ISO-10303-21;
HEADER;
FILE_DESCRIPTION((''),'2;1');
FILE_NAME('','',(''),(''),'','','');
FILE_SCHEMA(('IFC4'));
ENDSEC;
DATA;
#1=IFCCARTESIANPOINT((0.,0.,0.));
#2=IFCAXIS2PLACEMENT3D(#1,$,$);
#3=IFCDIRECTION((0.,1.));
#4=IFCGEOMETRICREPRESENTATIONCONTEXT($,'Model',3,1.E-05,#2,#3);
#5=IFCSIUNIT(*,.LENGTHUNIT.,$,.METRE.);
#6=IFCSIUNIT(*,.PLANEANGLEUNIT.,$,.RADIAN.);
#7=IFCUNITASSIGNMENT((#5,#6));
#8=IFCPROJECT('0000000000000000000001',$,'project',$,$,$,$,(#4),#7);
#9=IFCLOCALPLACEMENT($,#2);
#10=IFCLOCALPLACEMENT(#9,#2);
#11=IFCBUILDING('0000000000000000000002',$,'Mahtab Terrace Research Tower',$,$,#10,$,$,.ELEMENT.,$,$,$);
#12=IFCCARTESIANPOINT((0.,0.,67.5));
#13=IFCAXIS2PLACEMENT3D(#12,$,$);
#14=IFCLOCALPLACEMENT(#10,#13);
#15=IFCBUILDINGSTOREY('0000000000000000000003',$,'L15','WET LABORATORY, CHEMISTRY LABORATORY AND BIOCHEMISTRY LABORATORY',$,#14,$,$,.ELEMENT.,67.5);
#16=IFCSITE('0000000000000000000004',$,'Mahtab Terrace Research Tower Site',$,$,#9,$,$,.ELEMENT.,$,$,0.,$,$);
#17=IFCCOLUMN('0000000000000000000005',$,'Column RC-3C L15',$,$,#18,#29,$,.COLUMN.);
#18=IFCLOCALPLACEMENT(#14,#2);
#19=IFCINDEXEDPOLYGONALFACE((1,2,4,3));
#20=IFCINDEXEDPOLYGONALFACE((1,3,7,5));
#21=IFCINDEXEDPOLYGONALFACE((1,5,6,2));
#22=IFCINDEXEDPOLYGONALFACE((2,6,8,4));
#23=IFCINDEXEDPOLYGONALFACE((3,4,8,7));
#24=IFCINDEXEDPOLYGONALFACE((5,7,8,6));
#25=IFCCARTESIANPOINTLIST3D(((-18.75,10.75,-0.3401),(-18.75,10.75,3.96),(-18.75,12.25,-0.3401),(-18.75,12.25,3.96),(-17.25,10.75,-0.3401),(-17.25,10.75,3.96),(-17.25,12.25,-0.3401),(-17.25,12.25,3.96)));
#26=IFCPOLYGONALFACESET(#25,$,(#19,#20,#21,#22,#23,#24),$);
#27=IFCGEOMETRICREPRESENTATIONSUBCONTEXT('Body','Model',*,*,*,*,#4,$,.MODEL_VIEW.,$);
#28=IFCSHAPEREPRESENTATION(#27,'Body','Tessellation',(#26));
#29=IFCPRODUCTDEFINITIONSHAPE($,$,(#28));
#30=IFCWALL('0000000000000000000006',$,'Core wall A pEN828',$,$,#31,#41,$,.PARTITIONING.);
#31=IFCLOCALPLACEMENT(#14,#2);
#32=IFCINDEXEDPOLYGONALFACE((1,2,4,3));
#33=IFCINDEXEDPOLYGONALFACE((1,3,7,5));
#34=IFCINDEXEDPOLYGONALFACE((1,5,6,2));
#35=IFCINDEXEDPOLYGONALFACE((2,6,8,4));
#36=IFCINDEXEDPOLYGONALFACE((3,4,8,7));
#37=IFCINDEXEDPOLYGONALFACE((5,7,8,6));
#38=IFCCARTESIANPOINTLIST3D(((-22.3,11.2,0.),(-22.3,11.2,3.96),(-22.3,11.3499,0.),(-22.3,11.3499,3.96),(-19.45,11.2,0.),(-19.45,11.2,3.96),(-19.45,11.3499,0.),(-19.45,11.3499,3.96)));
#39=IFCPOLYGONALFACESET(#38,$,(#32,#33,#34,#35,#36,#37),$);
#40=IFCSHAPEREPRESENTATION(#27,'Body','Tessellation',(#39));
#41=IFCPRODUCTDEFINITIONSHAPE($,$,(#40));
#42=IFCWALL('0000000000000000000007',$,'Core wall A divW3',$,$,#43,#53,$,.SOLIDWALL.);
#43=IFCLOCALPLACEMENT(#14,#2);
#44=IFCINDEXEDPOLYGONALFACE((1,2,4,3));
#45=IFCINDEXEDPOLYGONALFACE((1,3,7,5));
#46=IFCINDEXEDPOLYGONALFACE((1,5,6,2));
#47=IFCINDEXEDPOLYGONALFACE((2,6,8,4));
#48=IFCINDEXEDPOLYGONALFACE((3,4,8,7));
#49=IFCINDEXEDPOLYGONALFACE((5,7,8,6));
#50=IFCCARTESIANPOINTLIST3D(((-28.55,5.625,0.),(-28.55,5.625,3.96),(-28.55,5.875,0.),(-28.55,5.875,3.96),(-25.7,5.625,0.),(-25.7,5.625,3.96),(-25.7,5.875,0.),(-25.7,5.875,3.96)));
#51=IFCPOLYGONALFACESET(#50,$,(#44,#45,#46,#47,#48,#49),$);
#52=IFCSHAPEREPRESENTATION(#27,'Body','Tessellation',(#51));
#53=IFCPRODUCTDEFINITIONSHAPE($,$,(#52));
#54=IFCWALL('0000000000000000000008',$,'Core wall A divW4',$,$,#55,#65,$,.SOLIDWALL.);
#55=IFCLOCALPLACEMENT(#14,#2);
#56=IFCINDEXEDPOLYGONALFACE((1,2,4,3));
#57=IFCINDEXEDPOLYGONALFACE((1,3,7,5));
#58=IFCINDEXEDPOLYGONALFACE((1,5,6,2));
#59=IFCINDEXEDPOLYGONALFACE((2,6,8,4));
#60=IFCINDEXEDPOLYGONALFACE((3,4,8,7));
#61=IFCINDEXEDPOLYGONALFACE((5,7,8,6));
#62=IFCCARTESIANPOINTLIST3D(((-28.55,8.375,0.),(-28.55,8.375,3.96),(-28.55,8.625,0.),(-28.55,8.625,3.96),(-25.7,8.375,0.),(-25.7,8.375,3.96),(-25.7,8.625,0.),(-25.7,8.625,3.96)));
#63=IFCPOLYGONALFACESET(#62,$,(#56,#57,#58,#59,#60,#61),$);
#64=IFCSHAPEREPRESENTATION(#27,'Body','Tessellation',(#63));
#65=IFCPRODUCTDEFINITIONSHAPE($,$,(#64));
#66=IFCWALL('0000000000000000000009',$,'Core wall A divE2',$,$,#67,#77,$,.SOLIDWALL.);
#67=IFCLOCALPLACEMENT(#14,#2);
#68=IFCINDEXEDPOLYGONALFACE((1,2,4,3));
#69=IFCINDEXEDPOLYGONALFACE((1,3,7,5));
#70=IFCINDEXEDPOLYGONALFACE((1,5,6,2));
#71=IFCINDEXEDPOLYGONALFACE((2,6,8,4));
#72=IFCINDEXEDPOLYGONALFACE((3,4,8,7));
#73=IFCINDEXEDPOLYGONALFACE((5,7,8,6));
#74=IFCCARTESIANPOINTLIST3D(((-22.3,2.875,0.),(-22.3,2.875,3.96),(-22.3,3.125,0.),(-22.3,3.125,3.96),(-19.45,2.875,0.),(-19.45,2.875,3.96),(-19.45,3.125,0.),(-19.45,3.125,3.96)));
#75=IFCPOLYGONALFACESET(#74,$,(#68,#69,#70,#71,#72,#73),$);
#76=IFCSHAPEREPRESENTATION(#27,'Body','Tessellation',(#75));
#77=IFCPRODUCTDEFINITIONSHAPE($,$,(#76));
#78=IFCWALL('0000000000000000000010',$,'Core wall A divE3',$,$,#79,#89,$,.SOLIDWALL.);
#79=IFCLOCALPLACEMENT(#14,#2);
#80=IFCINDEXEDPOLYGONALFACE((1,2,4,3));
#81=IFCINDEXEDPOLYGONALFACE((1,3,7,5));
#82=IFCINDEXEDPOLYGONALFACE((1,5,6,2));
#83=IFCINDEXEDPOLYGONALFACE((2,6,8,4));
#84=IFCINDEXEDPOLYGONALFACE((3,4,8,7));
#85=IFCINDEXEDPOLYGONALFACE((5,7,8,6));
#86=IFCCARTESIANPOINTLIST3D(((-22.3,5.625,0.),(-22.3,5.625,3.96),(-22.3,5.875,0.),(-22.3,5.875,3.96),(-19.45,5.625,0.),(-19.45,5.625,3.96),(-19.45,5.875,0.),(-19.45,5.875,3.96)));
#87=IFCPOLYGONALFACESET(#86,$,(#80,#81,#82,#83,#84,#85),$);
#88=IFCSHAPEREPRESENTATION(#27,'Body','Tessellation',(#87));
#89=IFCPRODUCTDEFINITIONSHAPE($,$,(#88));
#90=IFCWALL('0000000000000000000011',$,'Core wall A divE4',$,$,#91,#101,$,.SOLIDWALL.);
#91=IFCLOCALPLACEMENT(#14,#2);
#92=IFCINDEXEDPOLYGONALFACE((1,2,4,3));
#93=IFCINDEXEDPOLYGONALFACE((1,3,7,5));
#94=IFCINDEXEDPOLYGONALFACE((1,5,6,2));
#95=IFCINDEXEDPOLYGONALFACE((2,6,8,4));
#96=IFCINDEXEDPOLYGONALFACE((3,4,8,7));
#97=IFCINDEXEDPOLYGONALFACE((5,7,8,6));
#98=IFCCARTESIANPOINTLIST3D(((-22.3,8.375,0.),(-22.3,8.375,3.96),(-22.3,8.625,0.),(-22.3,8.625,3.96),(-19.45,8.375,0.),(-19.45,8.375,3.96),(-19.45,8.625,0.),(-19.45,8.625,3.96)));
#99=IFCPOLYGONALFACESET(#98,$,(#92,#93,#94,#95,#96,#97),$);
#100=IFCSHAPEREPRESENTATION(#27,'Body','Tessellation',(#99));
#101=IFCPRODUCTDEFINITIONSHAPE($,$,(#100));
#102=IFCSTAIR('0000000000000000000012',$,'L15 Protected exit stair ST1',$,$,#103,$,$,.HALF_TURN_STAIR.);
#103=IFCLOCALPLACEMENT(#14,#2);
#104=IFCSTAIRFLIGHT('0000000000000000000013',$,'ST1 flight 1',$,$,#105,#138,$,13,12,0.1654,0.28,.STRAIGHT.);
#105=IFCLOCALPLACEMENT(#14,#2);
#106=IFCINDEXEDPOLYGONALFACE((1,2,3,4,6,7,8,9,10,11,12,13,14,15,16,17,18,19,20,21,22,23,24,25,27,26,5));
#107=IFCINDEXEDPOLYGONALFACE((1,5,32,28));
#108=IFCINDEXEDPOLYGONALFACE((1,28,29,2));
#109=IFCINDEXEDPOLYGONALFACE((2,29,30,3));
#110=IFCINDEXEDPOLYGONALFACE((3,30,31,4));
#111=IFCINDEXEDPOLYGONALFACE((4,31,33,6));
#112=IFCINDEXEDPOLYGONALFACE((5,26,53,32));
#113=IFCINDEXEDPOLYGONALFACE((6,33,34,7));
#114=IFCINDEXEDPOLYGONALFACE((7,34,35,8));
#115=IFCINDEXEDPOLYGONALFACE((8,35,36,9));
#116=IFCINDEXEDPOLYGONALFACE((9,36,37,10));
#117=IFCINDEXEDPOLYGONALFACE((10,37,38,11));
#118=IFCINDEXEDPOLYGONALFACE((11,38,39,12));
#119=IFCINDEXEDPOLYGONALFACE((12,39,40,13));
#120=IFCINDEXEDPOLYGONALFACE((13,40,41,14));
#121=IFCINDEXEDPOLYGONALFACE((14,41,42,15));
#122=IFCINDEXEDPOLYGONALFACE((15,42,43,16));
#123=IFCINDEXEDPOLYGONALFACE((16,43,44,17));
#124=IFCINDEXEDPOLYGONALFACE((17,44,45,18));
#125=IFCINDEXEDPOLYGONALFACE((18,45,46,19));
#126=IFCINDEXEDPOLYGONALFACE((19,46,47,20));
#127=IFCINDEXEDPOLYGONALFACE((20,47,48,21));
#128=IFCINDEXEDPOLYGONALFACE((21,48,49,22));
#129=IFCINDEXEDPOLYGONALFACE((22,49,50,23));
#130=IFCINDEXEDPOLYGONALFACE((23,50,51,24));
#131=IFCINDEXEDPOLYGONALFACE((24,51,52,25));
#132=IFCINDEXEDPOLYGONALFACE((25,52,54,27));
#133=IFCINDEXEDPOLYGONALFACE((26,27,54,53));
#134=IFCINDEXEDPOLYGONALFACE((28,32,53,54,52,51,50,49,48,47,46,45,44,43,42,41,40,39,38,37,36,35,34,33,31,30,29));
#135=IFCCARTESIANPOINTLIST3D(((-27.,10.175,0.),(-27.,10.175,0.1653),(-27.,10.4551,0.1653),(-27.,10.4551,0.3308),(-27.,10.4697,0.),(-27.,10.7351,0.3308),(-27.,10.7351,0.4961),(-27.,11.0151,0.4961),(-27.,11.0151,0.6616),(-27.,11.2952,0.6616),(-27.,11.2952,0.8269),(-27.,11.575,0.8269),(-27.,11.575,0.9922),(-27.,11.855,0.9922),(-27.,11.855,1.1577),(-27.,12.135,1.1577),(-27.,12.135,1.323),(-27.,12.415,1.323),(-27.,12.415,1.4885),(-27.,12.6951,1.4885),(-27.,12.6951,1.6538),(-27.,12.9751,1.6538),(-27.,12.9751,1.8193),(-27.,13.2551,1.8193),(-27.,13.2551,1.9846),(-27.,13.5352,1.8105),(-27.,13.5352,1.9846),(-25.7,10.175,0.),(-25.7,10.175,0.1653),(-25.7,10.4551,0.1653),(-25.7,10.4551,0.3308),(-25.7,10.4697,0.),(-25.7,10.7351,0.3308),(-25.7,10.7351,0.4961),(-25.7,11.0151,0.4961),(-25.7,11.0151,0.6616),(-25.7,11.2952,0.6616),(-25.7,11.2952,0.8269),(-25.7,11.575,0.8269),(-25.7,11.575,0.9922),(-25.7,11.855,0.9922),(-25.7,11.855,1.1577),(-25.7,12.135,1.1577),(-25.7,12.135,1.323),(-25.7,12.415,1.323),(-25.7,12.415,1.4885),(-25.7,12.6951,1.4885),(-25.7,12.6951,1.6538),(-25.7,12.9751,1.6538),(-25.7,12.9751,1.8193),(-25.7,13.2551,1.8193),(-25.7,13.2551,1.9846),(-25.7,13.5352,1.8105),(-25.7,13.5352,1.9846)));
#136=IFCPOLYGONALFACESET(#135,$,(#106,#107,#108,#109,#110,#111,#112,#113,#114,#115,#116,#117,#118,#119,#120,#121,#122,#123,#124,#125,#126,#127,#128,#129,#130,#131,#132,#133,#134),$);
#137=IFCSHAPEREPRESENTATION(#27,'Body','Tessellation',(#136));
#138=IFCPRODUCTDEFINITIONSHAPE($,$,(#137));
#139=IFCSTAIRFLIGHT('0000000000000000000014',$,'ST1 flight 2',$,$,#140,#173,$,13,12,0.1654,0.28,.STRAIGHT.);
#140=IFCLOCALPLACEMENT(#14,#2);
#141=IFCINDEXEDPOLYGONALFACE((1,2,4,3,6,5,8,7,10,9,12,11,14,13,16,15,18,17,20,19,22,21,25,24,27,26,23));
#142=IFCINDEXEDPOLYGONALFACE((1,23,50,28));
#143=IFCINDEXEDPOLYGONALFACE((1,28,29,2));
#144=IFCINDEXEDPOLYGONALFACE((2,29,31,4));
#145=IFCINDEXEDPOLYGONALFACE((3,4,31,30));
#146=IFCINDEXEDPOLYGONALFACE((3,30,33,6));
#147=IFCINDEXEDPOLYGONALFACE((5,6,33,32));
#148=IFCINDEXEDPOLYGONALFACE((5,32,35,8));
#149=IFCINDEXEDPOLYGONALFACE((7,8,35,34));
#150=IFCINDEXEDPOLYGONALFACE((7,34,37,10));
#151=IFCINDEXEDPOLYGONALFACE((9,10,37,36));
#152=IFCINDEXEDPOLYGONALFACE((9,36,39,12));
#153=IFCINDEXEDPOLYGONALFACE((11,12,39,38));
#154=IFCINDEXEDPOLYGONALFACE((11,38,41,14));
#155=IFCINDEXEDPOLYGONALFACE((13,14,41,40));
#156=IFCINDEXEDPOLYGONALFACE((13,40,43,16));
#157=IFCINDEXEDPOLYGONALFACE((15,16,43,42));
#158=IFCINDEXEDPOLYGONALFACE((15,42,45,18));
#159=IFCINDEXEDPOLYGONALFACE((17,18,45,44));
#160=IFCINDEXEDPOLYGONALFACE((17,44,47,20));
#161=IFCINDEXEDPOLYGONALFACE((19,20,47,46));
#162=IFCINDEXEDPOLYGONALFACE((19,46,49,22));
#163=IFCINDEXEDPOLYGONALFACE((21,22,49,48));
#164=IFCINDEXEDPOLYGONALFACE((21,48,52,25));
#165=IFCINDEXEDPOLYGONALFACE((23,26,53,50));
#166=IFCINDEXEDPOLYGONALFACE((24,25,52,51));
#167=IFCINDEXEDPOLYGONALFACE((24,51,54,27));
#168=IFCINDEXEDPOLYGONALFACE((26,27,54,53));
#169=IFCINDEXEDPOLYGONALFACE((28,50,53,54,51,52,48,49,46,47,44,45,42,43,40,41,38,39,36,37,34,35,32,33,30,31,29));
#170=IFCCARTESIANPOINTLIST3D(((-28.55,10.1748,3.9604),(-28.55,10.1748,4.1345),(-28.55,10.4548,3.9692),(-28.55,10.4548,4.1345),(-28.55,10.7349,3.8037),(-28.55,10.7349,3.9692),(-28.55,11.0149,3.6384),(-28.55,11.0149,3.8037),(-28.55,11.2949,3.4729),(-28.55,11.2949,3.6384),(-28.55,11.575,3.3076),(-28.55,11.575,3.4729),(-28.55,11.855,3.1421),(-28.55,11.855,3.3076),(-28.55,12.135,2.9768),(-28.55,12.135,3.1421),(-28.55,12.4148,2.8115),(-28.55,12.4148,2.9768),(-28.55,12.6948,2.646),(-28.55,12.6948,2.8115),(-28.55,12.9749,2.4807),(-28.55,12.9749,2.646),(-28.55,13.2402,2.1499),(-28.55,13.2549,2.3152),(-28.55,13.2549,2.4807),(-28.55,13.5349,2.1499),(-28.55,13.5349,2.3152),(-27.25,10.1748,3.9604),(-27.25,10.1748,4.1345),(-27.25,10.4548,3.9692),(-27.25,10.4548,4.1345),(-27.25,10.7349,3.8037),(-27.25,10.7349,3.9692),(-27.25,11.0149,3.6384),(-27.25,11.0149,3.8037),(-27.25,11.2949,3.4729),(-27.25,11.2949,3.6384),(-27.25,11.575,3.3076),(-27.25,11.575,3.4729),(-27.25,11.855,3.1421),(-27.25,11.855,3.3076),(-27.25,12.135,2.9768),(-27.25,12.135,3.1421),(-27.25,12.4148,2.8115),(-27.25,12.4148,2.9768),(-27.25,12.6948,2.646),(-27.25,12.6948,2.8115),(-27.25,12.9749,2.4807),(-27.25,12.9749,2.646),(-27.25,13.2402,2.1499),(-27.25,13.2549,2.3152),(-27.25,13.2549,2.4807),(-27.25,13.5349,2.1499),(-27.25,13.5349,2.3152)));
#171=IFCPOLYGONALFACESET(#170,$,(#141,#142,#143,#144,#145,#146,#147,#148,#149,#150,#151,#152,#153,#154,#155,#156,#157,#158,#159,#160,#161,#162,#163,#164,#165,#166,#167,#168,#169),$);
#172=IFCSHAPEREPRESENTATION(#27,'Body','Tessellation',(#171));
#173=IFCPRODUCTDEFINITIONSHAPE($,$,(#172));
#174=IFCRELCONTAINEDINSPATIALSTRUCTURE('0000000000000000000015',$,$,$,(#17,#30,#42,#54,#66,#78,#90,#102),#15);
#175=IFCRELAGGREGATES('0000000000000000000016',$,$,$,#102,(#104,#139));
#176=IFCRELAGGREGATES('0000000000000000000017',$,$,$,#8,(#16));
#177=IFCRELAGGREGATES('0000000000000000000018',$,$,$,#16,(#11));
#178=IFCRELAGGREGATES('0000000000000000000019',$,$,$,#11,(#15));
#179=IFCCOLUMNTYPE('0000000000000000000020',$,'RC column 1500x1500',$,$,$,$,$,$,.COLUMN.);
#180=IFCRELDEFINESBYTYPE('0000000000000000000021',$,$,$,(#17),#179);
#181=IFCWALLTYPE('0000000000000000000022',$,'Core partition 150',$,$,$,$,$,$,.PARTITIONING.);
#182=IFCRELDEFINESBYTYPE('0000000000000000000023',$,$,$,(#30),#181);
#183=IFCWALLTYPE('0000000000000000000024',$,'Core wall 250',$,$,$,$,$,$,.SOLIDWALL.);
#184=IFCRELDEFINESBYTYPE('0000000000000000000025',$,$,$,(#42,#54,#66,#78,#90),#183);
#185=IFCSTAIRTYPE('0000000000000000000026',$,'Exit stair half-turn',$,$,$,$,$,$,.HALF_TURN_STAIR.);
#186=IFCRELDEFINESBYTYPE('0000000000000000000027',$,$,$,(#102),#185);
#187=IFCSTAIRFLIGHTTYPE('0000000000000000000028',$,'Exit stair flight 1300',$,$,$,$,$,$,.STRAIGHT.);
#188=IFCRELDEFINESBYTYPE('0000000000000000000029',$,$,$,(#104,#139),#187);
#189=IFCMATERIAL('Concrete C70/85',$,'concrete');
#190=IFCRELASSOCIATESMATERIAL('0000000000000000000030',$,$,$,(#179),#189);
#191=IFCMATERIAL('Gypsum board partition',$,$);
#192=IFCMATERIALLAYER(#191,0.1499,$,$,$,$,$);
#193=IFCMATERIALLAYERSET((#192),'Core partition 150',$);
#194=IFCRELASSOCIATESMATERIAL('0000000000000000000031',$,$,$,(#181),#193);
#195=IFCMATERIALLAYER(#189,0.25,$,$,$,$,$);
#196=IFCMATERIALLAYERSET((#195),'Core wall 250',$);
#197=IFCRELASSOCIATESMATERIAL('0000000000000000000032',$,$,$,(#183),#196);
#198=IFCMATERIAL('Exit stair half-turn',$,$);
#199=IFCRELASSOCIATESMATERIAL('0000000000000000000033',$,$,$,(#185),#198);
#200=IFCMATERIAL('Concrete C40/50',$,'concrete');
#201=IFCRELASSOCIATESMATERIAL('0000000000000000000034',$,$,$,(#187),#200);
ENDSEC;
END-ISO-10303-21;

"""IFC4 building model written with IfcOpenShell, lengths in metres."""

from ifc_helpers import new_model, si_unit, direction, frame, frame_2d, origin, origin_2d, place, context, subcontext, project, spatial, polyline, rectangle, outline, extrude, material, layer, layer_set, material_profile, profile_set, type_object, element, aggregate, save


model = new_model("IFC4")

# Units and contexts
model_context = context("Model", 3, precision=1e-05, world=origin(), true_north=direction((0.0, 1.0)))
body_context = subcontext(model_context, "Body", "Model", "MODEL_VIEW")
ifc_project = project(units=[si_unit("LENGTHUNIT", "METRE"), si_unit("PLANEANGLEUNIT", "RADIAN")], contexts=[model_context])

# Site, building, storey
site_placement = place(None, origin())
site = spatial("IfcSite", under=ifc_project, at=site_placement, Name="Mahtab Terrace Research Tower Site", CompositionType="ELEMENT", RefElevation=0.0)
building_placement = place(site_placement, origin())
building = spatial("IfcBuilding", under=site, at=building_placement, Name="Mahtab Terrace Research Tower", CompositionType="ELEMENT")
storey_placement = place(building_placement, frame((0.0, 0.0, 67.5)))
storey = spatial("IfcBuildingStorey", under=building, at=storey_placement, Name="L15", Description="WET LABORATORY, CHEMISTRY LABORATORY AND BIOCHEMISTRY LABORATORY", CompositionType="ELEMENT", Elevation=67.5)

# Column
ifc_material_1 = material(Name="Concrete C70/85", Category="concrete")
ifc_material_profile = material_profile(ifc_material_1, rectangle(XDim=1.5, YDim=1.5, at=origin_2d()), Name="RC column 1500x1500")
ifc_profile_set = profile_set([ifc_material_profile], Name="Concrete C70/85")
column_type = type_object("IfcColumnType", Name="RC column 1500x1500", PredefinedType="COLUMN", material=ifc_profile_set)
column_placement = place(storey_placement, frame((-18.0, 11.5, -0.3401), z_axis=(0.0, 0.0, 1.0), x_axis=(1.0, 0.0, 0.0)))
element("IfcColumn", 1, at=column_placement, inside=storey, type_object=column_type, Name="Column RC-3C L15", PredefinedType="COLUMN", context=body_context, shape_type="SweptSolid", body=[
    extrude(rectangle(XDim=1.5, YDim=1.5, at=origin_2d()), origin(), (0.0, 0.0, 1.0), 4.3),
])

# Walls
ifc_material_2 = material(Name="Gypsum board partition")
ifc_layer_1 = layer(ifc_material_2, 0.1499)
ifc_layer_set_1 = layer_set([ifc_layer_1], Name="Core partition 150")
wall_type_1 = type_object("IfcWallType", Name="Core partition 150", PredefinedType="PARTITIONING", material=ifc_layer_set_1)
wall_placement = place(storey_placement, frame((-22.3, 11.2749, 0.0), z_axis=(0.0, 0.0, 1.0), x_axis=(1.0, 0.0, 0.0)))
element("IfcWall", 2, at=wall_placement, inside=storey, type_object=wall_type_1, Name="Core wall A pEN828", PredefinedType="PARTITIONING", context=body_context, shape_type="SweptSolid", body=[
    extrude(rectangle(XDim=2.8501, YDim=0.1499, at=frame_2d((1.425, 0.0))), origin(), (0.0, 0.0, 1.0), 3.96),
])
ifc_layer_2 = layer(ifc_material_1, 0.25)
ifc_layer_set_2 = layer_set([ifc_layer_2], Name="Core wall 250")
wall_type_2 = type_object("IfcWallType", Name="Core wall 250", PredefinedType="SOLIDWALL", material=ifc_layer_set_2)
for number, where, z_axis, x_axis, name in (
    (3, (-28.55, 5.75, 0.0), (0.0, 0.0, 1.0), (1.0, 0.0, 0.0), "Core wall A divW3"),
    (4, (-28.55, 8.5, 0.0), (0.0, 0.0, 1.0), (1.0, 0.0, 0.0), "Core wall A divW4"),
    (5, (-22.3, 3.0, 0.0), (0.0, 0.0, 1.0), (1.0, 0.0, 0.0), "Core wall A divE2"),
    (6, (-22.3, 5.75, 0.0), (0.0, 0.0, 1.0), (1.0, 0.0, 0.0), "Core wall A divE3"),
    (7, (-22.3, 8.5, 0.0), (0.0, 0.0, 1.0), (1.0, 0.0, 0.0), "Core wall A divE4"),
):
    element("IfcWall", number, at=place(storey_placement, frame(where, z_axis=z_axis, x_axis=x_axis)), inside=storey, type_object=wall_type_2, Name=name, PredefinedType="SOLIDWALL", context=body_context, shape_type="SweptSolid", body=[
        extrude(rectangle(XDim=2.8501, YDim=0.25, at=frame_2d((1.425, 0.0))), origin(), (0.0, 0.0, 1.0), 3.96),
    ])

# Stair, stair flights
ifc_material_3 = material(Name="Exit stair half-turn")
stair_type = type_object("IfcStairType", Name="Exit stair half-turn", PredefinedType="HALF_TURN_STAIR", material=ifc_material_3)
stair_placement = place(storey_placement, origin())
stair = element("IfcStair", 8, at=stair_placement, inside=storey, type_object=stair_type, Name="L15 Protected exit stair ST1", PredefinedType="HALF_TURN_STAIR")
ifc_material_4 = material(Name="Concrete C40/50", Category="concrete")
stair_flight_type = type_object("IfcStairFlightType", Name="Exit stair flight 1300", PredefinedType="STRAIGHT", material=ifc_material_4)
stair_flight_1_placement = place(storey_placement, frame((-26.3501, 10.175, 0.0), z_axis=(0.0, 0.0, 1.0), x_axis=(0.0, 1.0, 0.0)))
stair_flight_1 = element("IfcStairFlight", 9, at=stair_flight_1_placement, type_object=stair_flight_type, Name="ST1 flight 1", NumberOfRisers=13, NumberOfTreads=12, PredefinedType="STRAIGHT", RiserHeight=0.1654, TreadLength=0.28, context=body_context, shape_type="SweptSolid", body=[
    extrude(outline(polyline([(0.0, 0.0), (0.0, 0.1653), (0.28, 0.1653), (0.28, 0.3308), (0.5601, 0.3308), (0.5601, 0.4961), (0.8401, 0.4961), (0.8401, 0.6616), (1.1201, 0.6616), (1.1201, 0.8269), (1.3999, 0.8269), (1.3999, 0.9922), (1.6799, 0.9922), (1.6799, 1.1577), (1.96, 1.1577), (1.96, 1.323), (2.24, 1.323), (2.24, 1.4885), (2.52, 1.4885), (2.52, 1.6538), (2.8, 1.6538), (2.8, 1.8193), (3.0801, 1.8193), (3.0801, 1.9846), (3.3601, 1.9846), (3.3601, 2.1499), (3.3601, 1.8105), (0.2947, 0.0), (0.0, 0.0)])), frame((0.0, 0.6499, 0.0), z_axis=(0.0, -1.0, 0.0), x_axis=(1.0, 0.0, 0.0)), (0.0, 0.0, 1.0), 1.3),
])
stair_flight_2_placement = place(storey_placement, frame((-27.8999, 13.5349, 2.1499), z_axis=(0.0, 0.0, 1.0), x_axis=(0.0, -1.0, 0.0)))
stair_flight_2 = element("IfcStairFlight", 10, at=stair_flight_2_placement, type_object=stair_flight_type, Name="ST1 flight 2", NumberOfRisers=13, NumberOfTreads=12, PredefinedType="STRAIGHT", RiserHeight=0.1654, TreadLength=0.28, context=body_context, shape_type="SweptSolid", body=[
    extrude(outline(polyline([(0.0, 0.0), (0.0, 0.1653), (0.28, 0.1653), (0.28, 0.3308), (0.5601, 0.3308), (0.5601, 0.4961), (0.8401, 0.4961), (0.8401, 0.6616), (1.1201, 0.6616), (1.1201, 0.8269), (1.3999, 0.8269), (1.3999, 0.9922), (1.6799, 0.9922), (1.6799, 1.1577), (1.96, 1.1577), (1.96, 1.323), (2.24, 1.323), (2.24, 1.4885), (2.52, 1.4885), (2.52, 1.6538), (2.8, 1.6538), (2.8, 1.8193), (3.0801, 1.8193), (3.0801, 1.9846), (3.3601, 1.9846), (3.3601, 2.1499), (3.3601, 1.8105), (0.2947, 0.0), (0.0, 0.0)])), frame((0.0, 0.6499, 0.0), z_axis=(0.0, -1.0, 0.0), x_axis=(1.0, 0.0, 0.0)), (0.0, 0.0, 1.0), 1.3),
])
aggregate(stair, [stair_flight_1, stair_flight_2])

save(model, "model.ifc")
